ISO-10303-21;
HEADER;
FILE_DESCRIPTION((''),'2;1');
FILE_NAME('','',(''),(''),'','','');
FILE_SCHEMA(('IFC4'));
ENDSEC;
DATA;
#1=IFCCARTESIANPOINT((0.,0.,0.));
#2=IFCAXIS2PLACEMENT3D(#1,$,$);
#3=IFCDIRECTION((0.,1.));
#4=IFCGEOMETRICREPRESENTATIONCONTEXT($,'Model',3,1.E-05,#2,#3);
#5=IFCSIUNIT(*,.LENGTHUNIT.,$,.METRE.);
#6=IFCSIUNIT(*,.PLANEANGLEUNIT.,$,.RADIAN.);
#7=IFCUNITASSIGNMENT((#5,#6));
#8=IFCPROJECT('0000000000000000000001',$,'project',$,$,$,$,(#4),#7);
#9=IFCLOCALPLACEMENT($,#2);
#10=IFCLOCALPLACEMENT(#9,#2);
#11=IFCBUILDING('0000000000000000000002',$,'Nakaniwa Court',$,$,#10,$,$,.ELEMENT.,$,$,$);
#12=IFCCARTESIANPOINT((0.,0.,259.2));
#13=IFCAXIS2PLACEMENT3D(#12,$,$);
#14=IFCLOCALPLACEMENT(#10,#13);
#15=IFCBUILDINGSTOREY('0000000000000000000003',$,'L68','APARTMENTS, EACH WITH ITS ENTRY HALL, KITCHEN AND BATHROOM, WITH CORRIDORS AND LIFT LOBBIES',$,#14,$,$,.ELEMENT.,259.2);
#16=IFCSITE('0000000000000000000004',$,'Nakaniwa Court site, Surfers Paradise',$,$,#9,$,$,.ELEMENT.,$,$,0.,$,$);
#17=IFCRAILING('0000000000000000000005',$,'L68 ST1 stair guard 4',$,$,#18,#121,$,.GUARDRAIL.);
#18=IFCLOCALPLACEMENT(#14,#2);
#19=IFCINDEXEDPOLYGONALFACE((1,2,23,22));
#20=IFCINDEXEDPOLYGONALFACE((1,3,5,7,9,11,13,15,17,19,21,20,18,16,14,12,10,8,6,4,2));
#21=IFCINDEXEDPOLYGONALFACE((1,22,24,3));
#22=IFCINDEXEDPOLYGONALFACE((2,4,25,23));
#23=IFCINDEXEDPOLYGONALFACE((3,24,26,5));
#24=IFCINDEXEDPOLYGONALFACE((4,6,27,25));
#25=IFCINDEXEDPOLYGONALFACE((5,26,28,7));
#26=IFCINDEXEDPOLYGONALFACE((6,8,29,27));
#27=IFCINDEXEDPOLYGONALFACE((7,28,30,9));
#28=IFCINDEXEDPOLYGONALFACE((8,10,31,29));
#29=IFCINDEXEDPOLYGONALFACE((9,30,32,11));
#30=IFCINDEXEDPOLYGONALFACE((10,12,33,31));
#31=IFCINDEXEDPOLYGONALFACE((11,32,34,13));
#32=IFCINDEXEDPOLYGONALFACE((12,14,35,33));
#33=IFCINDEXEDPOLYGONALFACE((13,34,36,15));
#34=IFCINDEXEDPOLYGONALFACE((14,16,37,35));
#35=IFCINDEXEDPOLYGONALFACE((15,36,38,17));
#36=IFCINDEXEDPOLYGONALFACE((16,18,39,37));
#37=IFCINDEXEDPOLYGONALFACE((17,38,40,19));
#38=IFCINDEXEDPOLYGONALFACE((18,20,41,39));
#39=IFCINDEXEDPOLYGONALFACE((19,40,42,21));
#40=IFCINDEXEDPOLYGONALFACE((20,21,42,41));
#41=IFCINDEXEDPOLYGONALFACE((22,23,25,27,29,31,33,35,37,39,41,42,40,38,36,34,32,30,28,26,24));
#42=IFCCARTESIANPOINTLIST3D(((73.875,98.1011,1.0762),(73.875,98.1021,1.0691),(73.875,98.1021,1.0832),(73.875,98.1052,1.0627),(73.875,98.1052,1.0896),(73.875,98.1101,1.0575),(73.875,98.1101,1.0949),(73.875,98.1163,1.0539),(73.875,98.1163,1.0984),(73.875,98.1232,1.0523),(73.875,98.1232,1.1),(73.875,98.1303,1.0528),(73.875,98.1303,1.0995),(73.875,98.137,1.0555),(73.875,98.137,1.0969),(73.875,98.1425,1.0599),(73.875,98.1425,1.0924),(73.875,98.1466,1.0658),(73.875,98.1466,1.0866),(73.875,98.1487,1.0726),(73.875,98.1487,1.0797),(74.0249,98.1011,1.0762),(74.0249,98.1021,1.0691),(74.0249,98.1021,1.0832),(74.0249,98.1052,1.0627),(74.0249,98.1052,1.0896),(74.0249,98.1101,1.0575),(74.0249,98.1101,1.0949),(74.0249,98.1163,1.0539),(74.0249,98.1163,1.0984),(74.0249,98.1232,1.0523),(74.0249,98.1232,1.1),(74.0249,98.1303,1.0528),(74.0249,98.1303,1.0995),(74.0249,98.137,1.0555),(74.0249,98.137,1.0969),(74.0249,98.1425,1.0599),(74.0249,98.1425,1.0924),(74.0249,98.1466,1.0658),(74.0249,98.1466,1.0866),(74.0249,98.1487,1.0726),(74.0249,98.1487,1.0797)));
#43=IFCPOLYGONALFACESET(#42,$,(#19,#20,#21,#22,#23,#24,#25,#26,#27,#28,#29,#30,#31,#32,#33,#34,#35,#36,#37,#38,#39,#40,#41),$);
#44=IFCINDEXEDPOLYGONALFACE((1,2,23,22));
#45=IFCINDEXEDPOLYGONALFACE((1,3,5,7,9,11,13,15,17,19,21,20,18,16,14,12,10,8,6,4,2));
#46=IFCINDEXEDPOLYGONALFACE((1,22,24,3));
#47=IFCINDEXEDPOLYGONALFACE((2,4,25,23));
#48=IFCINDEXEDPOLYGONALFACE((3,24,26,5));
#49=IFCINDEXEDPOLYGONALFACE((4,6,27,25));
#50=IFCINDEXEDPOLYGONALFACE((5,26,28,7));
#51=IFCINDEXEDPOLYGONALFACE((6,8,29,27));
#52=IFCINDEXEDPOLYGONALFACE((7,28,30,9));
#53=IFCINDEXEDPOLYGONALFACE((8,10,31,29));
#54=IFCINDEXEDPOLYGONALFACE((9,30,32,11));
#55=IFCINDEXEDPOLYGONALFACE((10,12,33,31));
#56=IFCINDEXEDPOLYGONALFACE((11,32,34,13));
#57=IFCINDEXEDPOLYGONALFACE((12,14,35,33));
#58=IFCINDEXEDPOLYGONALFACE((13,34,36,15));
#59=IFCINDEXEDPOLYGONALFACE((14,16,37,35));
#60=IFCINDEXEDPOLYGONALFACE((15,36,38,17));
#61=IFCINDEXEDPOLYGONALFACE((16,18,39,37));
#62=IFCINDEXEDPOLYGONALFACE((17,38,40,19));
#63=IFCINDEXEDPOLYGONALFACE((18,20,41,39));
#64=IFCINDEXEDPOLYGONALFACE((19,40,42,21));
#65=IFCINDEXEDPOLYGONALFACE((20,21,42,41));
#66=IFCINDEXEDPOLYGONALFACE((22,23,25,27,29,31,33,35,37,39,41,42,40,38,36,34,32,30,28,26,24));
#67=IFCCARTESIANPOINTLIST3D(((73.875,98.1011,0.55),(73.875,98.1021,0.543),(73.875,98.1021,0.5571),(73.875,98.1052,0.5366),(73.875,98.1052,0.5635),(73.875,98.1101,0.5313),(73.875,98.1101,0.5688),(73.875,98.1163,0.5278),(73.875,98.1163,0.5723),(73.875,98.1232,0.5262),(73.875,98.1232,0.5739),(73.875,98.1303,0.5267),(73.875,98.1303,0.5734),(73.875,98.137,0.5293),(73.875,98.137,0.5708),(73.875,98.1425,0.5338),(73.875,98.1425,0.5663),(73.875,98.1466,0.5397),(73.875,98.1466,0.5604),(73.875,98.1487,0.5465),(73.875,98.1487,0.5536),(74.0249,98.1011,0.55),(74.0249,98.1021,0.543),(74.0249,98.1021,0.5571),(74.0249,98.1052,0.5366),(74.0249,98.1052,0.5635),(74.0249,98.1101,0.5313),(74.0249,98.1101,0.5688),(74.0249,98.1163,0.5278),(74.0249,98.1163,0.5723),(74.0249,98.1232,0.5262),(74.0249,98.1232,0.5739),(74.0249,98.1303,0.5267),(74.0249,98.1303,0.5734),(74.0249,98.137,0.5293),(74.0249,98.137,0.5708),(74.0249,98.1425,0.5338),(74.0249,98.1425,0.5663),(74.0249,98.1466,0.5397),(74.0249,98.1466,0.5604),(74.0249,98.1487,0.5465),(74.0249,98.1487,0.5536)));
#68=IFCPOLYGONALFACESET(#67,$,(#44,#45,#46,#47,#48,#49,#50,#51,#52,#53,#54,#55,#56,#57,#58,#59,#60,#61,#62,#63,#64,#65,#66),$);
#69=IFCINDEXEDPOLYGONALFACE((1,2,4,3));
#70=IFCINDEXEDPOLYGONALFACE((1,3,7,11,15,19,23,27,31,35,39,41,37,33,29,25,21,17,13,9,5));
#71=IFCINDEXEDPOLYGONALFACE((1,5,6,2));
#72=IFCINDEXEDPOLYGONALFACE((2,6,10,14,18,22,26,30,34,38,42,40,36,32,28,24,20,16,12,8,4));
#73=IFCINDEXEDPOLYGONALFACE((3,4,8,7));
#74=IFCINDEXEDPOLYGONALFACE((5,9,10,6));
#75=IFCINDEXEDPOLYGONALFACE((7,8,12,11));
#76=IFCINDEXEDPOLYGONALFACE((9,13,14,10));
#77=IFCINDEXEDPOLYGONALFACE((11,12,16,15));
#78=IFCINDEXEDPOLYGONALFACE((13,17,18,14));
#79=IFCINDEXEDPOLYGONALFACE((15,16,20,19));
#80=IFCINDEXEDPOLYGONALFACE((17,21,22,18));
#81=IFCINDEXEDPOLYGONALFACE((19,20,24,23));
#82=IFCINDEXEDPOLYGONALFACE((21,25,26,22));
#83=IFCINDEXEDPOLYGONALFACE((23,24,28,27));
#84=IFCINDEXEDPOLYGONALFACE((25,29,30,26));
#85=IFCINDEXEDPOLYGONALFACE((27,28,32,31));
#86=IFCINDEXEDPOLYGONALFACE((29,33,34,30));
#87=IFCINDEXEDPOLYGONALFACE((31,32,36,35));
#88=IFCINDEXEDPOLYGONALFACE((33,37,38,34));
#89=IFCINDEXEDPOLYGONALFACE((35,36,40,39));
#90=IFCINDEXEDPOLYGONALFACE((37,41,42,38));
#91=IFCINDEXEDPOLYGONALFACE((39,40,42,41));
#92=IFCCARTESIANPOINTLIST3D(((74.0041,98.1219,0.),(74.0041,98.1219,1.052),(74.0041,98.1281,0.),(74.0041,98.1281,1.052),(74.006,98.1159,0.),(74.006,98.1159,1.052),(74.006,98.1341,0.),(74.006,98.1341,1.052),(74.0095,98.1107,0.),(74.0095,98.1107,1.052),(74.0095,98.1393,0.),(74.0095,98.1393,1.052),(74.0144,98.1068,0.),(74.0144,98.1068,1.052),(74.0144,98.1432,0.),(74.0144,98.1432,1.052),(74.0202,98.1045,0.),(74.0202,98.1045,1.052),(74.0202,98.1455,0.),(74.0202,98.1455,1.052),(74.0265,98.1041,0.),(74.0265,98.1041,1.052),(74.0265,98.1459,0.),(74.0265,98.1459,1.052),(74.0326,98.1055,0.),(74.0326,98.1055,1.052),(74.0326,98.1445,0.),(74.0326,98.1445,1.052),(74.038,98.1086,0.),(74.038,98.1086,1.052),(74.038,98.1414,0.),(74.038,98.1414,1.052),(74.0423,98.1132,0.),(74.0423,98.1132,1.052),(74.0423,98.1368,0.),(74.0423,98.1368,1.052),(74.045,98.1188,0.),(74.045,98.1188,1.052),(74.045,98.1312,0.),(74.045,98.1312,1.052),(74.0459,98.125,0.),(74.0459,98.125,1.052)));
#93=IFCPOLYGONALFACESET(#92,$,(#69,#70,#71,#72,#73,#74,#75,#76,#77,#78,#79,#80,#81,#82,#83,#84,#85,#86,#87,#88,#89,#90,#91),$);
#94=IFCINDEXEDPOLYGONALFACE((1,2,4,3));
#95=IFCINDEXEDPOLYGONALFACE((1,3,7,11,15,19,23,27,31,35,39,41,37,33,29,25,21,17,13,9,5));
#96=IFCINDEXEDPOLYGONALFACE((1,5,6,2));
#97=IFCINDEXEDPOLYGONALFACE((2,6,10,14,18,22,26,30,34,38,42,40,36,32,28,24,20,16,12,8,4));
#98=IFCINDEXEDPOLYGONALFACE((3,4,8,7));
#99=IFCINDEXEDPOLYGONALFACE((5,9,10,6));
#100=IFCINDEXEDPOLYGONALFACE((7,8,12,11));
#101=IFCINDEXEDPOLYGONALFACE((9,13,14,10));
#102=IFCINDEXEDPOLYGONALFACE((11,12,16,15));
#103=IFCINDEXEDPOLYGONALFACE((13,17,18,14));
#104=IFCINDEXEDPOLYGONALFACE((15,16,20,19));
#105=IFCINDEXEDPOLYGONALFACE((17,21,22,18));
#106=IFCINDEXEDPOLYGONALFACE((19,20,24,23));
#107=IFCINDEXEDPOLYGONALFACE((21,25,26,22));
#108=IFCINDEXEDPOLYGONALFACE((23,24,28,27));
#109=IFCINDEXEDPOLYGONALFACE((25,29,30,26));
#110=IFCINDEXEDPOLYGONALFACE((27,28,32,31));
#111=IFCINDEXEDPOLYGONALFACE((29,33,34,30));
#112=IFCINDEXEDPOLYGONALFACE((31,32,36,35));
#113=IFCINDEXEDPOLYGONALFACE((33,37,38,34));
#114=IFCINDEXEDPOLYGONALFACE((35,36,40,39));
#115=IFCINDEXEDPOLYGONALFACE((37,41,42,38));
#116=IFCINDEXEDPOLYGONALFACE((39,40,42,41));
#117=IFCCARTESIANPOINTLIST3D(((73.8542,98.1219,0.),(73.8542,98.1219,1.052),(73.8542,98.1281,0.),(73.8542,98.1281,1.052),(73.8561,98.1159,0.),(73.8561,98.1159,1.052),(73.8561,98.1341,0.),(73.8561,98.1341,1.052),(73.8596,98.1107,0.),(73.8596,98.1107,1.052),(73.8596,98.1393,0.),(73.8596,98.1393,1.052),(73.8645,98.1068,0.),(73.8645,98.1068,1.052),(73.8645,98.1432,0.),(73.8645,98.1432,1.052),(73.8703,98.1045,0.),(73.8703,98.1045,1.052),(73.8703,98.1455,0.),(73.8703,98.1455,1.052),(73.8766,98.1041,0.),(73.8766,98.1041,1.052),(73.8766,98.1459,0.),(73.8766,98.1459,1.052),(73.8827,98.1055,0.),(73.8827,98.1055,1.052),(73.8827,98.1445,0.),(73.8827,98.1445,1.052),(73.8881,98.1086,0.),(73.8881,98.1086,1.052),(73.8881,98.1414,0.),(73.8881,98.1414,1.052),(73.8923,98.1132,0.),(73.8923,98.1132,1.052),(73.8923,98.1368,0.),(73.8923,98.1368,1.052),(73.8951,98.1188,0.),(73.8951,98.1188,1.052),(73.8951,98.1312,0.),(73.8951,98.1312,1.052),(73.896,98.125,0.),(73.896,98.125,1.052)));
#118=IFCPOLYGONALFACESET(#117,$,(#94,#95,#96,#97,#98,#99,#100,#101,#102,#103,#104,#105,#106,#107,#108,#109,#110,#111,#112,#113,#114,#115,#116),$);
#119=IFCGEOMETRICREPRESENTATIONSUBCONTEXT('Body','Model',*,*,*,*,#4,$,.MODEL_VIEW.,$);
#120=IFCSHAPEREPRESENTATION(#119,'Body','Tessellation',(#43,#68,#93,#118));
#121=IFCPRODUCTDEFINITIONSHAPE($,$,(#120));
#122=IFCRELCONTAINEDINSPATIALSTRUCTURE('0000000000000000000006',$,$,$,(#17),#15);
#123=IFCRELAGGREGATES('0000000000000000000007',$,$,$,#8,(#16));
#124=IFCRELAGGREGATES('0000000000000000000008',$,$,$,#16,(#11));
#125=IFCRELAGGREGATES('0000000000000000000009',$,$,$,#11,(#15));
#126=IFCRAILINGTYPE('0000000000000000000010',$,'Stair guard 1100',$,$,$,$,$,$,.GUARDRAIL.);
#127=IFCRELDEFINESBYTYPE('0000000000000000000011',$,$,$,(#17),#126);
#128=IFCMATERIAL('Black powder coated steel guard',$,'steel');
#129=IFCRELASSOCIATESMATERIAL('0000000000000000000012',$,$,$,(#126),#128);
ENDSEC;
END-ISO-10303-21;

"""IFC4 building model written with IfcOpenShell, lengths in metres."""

from ifc_helpers import new_model, si_unit, direction, frame, origin, origin_2d, place, context, subcontext, project, spatial, circle, extrude, material, type_object, element, save


model = new_model("IFC4")

# Units and contexts
model_context = context("Model", 3, precision=1e-05, world=origin(), true_north=direction((0.0, 1.0)))
body_context = subcontext(model_context, "Body", "Model", "MODEL_VIEW")
ifc_project = project(units=[si_unit("LENGTHUNIT", "METRE"), si_unit("PLANEANGLEUNIT", "RADIAN")], contexts=[model_context])

# Site, building, storey
site_placement = place(None, origin())
site = spatial("IfcSite", under=ifc_project, at=site_placement, Name="Nakaniwa Court site, Surfers Paradise", CompositionType="ELEMENT", RefElevation=0.0)
building_placement = place(site_placement, origin())
building = spatial("IfcBuilding", under=site, at=building_placement, Name="Nakaniwa Court", CompositionType="ELEMENT")
storey_placement = place(building_placement, frame((0.0, 0.0, 259.2)))
storey = spatial("IfcBuildingStorey", under=building, at=storey_placement, Name="L68", Description="APARTMENTS, EACH WITH ITS ENTRY HALL, KITCHEN AND BATHROOM, WITH CORRIDORS AND LIFT LOBBIES", CompositionType="ELEMENT", Elevation=259.2)

# Railing
ifc_material_1 = material(Name="Black powder coated steel guard", Category="steel")
railing_type_1 = type_object("IfcRailingType", Name="Stair guard 1100", PredefinedType="GUARDRAIL", material=ifc_material_1)
railing_1_placement = place(storey_placement, frame((74.0249, 98.125, 0.0)))
element("IfcRailing", 1, at=railing_1_placement, inside=storey, type_object=railing_type_1, Name="L68 ST1 stair guard 4", PredefinedType="GUARDRAIL", context=body_context, shape_type="SweptSolid", body=[
    extrude(circle(Radius=0.0239, at=origin_2d()), frame((0.0, 0.0, 1.0762), z_axis=(-1.0, 0.0, 0.0), x_axis=(0.0, -1.0, 0.0)), (0.0, 0.0, 1.0), 0.1499),
    extrude(circle(Radius=0.0239, at=origin_2d()), frame((0.0, 0.0, 0.55), z_axis=(-1.0, 0.0, 0.0), x_axis=(0.0, -1.0, 0.0)), (0.0, 0.0, 1.0), 0.1499),
    extrude(circle(Radius=0.021, at=origin_2d()), origin(), (0.0, 0.0, 1.0), 1.052),
    extrude(circle(Radius=0.021, at=origin_2d()), frame((-0.1499, 0.0, 0.0)), (0.0, 0.0, 1.0), 1.052),
])

save(model, "model.ifc")
